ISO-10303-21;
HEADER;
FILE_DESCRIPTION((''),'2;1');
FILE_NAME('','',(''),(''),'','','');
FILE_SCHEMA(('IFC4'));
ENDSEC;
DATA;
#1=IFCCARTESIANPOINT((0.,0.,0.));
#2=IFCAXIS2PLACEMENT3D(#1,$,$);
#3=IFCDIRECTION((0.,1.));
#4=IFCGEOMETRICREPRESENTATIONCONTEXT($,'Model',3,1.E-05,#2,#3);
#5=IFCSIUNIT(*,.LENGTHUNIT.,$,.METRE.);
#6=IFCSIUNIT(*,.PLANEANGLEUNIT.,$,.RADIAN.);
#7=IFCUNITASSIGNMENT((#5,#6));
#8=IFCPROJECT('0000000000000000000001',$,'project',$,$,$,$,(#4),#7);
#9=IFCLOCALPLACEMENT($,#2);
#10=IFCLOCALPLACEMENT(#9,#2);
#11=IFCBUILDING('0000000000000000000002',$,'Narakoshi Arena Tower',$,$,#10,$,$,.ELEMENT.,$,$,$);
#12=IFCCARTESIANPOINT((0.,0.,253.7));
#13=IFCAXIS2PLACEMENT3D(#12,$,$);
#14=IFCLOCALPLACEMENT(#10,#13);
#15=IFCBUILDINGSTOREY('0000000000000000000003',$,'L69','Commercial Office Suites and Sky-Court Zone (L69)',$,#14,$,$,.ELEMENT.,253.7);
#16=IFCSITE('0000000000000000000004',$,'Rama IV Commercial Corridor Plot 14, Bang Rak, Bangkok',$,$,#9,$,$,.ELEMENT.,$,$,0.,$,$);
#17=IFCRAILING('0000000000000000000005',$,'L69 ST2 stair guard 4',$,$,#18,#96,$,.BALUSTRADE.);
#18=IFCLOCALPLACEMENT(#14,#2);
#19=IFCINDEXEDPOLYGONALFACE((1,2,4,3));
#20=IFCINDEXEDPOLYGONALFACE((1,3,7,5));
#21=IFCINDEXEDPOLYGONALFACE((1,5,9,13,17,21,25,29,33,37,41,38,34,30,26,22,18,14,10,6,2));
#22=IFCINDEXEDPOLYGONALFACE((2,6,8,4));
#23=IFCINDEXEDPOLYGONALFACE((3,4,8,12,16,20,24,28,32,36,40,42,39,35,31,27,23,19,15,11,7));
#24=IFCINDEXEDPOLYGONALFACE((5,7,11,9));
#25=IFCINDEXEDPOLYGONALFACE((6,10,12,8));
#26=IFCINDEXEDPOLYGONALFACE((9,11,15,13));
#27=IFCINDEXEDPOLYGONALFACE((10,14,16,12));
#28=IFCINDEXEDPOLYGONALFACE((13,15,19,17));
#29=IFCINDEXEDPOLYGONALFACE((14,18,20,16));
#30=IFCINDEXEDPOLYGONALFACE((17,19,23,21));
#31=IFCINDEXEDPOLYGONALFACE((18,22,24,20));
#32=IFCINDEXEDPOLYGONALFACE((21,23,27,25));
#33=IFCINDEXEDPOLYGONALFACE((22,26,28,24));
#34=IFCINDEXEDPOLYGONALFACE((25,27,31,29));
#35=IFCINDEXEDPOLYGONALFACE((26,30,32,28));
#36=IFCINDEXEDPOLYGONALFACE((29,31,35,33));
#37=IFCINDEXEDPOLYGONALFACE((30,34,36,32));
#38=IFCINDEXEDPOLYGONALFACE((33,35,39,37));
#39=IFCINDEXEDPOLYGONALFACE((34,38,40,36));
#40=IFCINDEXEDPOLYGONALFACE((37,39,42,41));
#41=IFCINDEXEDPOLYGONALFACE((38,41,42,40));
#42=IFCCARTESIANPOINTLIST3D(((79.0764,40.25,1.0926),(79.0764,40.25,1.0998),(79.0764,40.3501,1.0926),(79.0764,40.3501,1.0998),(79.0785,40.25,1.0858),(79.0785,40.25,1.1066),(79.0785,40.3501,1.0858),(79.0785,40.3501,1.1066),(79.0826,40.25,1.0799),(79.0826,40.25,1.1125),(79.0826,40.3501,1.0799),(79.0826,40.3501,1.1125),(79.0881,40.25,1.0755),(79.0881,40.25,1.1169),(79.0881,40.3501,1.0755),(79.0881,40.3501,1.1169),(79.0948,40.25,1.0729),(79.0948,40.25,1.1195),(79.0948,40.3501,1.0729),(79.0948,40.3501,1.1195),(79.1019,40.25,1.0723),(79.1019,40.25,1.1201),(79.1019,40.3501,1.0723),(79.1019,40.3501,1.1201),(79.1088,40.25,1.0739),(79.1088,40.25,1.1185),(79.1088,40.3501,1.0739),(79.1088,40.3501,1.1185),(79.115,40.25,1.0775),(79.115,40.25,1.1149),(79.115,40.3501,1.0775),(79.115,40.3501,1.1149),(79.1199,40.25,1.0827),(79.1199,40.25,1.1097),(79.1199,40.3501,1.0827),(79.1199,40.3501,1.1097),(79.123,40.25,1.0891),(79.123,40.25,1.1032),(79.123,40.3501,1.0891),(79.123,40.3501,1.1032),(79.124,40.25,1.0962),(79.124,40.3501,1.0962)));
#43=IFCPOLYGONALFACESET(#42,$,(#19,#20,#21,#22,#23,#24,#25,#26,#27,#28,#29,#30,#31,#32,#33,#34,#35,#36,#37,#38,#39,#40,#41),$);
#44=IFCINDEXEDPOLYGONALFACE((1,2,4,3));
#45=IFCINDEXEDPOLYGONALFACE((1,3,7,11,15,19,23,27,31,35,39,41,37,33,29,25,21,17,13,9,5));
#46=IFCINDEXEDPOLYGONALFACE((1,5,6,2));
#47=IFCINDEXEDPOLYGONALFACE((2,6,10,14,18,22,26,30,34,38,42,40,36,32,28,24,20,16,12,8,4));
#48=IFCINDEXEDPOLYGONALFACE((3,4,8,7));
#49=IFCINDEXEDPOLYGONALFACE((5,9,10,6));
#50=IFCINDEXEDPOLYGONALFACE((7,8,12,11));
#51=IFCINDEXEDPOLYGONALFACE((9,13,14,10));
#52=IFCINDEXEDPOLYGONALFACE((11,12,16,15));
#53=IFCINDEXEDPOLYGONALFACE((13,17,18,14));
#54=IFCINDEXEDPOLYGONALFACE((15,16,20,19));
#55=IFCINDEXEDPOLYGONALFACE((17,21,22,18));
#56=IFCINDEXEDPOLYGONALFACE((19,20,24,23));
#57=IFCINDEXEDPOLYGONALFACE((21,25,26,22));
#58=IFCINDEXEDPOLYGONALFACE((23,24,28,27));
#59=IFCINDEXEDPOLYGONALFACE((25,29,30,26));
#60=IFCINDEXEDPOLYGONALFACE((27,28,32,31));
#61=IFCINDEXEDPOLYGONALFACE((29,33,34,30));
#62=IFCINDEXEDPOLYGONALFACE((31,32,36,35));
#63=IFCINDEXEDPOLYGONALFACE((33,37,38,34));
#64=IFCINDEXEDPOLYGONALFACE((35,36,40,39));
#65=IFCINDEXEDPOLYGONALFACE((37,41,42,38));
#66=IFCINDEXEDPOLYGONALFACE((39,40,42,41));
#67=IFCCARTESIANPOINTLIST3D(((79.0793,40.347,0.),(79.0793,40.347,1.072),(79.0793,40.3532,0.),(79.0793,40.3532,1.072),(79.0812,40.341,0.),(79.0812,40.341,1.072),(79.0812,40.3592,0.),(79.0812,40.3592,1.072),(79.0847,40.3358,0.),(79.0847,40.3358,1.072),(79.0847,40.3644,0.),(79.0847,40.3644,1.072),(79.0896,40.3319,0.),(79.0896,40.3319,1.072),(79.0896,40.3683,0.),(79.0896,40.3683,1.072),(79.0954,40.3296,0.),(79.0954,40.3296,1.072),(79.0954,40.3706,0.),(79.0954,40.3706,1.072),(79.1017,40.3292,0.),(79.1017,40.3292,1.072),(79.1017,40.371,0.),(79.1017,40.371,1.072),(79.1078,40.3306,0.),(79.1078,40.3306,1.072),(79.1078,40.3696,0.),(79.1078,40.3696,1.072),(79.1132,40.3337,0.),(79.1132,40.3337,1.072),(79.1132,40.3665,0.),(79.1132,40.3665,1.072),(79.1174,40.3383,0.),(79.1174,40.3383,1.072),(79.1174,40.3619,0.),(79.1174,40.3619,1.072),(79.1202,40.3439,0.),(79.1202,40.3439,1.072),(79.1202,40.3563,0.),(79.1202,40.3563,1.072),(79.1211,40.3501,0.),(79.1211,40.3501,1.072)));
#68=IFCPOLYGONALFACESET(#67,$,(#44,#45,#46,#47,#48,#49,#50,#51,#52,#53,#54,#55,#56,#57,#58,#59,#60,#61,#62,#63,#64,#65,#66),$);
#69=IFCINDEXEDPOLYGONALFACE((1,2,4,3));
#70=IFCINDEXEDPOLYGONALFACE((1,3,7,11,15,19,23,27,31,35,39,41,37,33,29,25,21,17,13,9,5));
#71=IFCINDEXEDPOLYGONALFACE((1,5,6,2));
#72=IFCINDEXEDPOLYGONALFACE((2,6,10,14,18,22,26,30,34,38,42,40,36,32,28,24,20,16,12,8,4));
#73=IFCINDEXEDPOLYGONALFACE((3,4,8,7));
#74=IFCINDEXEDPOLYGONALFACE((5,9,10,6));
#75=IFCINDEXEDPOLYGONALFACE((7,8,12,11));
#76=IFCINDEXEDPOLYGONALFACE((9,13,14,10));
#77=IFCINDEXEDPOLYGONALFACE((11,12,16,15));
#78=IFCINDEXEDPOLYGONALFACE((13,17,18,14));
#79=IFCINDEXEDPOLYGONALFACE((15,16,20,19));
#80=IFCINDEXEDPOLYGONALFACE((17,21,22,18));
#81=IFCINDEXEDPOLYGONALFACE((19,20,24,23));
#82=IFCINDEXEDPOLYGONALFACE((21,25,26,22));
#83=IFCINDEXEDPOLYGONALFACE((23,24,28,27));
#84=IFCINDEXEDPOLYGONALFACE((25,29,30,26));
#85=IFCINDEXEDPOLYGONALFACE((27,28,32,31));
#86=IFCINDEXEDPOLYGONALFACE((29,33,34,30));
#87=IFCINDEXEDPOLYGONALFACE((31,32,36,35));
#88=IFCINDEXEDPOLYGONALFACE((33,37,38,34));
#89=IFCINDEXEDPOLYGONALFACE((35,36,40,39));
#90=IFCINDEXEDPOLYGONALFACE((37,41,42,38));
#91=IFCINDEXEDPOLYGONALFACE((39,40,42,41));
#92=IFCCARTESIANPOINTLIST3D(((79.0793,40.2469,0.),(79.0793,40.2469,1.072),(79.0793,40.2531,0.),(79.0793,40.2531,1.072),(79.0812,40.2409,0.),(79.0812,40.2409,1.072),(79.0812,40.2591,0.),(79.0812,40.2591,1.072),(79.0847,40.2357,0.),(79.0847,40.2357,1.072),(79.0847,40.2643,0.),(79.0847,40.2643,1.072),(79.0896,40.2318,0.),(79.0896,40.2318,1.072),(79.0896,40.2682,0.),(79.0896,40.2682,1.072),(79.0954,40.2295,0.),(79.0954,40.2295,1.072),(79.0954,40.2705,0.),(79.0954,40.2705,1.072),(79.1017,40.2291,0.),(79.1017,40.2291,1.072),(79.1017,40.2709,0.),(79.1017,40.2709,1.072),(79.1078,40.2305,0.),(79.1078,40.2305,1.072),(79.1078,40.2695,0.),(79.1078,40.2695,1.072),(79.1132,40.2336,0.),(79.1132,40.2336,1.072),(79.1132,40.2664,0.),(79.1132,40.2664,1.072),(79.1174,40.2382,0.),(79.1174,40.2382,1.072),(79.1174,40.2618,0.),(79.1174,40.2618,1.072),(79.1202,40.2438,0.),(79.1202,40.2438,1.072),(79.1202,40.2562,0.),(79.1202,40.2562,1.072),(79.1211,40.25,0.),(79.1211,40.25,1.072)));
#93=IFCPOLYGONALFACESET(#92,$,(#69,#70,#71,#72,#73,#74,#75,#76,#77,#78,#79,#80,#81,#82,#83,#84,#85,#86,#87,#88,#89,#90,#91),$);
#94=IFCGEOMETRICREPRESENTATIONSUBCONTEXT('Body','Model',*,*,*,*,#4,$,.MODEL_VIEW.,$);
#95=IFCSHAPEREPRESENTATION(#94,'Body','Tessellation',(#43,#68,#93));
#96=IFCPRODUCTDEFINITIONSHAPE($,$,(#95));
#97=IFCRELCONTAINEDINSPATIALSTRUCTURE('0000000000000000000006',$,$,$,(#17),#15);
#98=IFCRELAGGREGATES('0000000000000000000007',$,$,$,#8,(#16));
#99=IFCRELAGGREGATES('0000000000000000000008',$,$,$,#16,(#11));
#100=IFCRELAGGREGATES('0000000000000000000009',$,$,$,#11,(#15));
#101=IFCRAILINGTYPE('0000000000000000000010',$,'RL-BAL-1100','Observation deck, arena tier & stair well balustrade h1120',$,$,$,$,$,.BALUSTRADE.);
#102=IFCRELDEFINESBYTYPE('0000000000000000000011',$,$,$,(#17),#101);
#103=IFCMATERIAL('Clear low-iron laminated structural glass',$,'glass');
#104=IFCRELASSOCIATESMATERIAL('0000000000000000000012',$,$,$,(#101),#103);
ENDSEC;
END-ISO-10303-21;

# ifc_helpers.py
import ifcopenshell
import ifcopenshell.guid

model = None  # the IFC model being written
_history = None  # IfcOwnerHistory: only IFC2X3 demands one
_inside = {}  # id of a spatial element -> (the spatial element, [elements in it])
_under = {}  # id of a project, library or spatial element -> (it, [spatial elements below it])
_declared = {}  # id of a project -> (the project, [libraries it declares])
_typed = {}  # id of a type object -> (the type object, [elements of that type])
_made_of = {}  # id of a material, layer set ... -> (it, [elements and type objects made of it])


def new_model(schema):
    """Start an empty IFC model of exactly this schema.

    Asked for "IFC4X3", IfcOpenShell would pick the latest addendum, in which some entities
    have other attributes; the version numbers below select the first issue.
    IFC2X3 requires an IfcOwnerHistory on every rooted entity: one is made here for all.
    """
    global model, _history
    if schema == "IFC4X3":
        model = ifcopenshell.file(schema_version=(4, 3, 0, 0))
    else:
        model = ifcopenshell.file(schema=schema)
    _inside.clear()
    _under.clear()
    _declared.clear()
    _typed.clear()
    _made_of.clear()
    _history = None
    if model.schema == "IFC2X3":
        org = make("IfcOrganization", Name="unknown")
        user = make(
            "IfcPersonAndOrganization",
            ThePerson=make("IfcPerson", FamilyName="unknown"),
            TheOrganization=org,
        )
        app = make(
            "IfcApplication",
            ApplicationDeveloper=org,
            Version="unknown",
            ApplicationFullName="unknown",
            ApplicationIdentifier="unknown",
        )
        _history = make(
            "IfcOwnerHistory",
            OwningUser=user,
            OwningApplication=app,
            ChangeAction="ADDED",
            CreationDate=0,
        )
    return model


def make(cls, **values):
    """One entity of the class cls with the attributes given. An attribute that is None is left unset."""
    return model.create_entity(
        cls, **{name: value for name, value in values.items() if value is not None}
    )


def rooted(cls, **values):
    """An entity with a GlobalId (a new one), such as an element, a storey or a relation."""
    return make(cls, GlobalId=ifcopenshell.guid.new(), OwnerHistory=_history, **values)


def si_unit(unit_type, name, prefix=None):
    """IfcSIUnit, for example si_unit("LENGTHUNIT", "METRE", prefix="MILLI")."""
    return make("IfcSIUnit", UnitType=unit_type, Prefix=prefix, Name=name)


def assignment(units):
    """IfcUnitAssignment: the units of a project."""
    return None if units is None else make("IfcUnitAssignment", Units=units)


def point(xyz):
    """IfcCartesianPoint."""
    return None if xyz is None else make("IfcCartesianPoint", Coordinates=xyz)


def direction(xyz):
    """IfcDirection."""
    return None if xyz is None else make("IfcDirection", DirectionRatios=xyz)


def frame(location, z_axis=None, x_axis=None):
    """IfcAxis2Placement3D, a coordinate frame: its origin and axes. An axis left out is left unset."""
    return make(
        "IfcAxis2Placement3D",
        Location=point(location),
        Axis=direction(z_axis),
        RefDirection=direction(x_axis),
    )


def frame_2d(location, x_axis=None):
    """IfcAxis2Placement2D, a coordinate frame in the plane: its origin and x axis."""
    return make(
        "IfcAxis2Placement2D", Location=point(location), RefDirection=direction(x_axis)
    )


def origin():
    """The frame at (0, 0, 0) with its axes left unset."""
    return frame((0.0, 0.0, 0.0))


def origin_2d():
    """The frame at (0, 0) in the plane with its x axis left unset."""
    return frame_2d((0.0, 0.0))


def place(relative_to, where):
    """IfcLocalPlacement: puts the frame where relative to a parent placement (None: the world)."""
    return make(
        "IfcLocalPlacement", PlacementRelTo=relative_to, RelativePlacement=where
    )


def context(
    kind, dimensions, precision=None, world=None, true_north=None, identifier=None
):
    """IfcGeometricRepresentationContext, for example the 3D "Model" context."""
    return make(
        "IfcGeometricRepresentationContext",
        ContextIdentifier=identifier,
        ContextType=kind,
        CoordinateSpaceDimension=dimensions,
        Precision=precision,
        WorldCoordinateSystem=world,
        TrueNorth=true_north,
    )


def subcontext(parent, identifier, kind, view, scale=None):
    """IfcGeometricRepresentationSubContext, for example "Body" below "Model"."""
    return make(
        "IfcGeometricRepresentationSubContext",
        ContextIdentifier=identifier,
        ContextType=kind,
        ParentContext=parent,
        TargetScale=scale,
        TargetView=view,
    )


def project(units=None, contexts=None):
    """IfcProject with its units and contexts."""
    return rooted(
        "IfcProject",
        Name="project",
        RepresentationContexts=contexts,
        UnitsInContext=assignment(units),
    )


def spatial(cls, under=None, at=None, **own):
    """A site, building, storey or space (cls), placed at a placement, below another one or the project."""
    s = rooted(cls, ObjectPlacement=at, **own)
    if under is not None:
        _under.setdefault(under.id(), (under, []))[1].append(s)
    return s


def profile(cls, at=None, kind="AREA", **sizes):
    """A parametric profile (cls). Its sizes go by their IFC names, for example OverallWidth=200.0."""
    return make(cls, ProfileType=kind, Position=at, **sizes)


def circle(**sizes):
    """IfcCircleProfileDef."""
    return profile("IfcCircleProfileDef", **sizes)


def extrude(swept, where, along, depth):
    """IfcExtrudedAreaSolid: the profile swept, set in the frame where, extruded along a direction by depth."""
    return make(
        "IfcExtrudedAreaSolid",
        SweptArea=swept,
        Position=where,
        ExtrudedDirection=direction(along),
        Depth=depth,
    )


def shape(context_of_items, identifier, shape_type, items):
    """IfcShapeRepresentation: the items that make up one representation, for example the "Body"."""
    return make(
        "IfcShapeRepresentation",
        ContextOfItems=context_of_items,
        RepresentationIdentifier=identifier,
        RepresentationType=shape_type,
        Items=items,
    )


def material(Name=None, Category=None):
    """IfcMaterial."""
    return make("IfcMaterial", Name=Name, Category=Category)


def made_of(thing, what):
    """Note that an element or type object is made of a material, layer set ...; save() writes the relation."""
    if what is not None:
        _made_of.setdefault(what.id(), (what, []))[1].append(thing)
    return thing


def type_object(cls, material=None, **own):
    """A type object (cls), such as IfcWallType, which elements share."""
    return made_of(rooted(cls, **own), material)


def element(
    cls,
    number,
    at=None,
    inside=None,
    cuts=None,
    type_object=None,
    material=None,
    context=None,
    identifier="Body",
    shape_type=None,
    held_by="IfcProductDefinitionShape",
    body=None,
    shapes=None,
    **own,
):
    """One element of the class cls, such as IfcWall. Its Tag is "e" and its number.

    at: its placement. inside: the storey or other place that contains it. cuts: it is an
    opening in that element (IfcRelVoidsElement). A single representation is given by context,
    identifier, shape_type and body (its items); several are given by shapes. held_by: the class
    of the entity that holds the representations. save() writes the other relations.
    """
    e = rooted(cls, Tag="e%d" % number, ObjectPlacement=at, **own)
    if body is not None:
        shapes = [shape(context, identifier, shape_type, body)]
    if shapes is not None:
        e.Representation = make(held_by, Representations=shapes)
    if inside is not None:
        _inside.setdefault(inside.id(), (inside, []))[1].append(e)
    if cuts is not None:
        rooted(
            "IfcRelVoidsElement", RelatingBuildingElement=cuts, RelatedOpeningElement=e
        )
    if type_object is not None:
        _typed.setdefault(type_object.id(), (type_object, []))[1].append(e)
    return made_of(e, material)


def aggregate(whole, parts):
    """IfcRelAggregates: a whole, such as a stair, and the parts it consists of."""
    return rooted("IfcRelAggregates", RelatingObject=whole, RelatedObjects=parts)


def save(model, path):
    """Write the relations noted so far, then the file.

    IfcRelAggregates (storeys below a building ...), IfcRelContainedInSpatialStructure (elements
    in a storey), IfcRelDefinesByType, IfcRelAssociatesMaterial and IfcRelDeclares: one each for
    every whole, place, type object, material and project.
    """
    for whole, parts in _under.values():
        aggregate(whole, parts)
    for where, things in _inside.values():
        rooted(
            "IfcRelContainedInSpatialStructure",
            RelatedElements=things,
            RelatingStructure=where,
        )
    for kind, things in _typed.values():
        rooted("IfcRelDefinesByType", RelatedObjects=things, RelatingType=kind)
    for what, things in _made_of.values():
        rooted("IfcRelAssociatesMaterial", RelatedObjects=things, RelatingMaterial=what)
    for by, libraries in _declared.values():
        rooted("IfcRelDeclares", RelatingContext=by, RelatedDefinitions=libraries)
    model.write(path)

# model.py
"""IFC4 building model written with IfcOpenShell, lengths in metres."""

from ifc_helpers import new_model, si_unit, direction, frame, origin, origin_2d, place, context, subcontext, project, spatial, circle, extrude, material, type_object, element, save


model = new_model("IFC4")

# Units and contexts
model_context = context("Model", 3, precision=1e-05, world=origin(), true_north=direction((0.0, 1.0)))
body_context = subcontext(model_context, "Body", "Model", "MODEL_VIEW")
ifc_project = project(units=[si_unit("LENGTHUNIT", "METRE"), si_unit("PLANEANGLEUNIT", "RADIAN")], contexts=[model_context])

# Site, building, storey
site_placement = place(None, origin())
site = spatial("IfcSite", under=ifc_project, at=site_placement, Name="Rama IV Commercial Corridor Plot 14, Bang Rak, Bangkok", CompositionType="ELEMENT", RefElevation=0.0)
building_placement = place(site_placement, origin())
building = spatial("IfcBuilding", under=site, at=building_placement, Name="Narakoshi Arena Tower", CompositionType="ELEMENT")
storey_placement = place(building_placement, frame((0.0, 0.0, 253.7)))
storey = spatial("IfcBuildingStorey", under=building, at=storey_placement, Name="L69", Description="Commercial Office Suites and Sky-Court Zone (L69)", CompositionType="ELEMENT", Elevation=253.7)

# Railing
ifc_material_1 = material(Name="Clear low-iron laminated structural glass", Category="glass")
railing_type = type_object("IfcRailingType", Name="RL-BAL-1100", Description="Observation deck, arena tier & stair well balustrade h1120", PredefinedType="BALUSTRADE", material=ifc_material_1)
railing_1_placement = place(storey_placement, frame((79.1001, 40.3501, 0.0)))
element("IfcRailing", 1, at=railing_1_placement, inside=storey, type_object=railing_type, Name="L69 ST2 stair guard 4", PredefinedType="BALUSTRADE", context=body_context, shape_type="SweptSolid", body=[
    extrude(circle(Radius=0.0239, at=origin_2d()), frame((0.0, 0.0, 1.0962), z_axis=(0.0, -1.0, 0.0), x_axis=(1.0, 0.0, 0.0)), (0.0, 0.0, 1.0), 0.1001),
    extrude(circle(Radius=0.021, at=origin_2d()), origin(), (0.0, 0.0, 1.0), 1.072),
    extrude(circle(Radius=0.021, at=origin_2d()), frame((0.0, -0.1001, 0.0)), (0.0, 0.0, 1.0), 1.072),
])

save(model, "model.ifc")
